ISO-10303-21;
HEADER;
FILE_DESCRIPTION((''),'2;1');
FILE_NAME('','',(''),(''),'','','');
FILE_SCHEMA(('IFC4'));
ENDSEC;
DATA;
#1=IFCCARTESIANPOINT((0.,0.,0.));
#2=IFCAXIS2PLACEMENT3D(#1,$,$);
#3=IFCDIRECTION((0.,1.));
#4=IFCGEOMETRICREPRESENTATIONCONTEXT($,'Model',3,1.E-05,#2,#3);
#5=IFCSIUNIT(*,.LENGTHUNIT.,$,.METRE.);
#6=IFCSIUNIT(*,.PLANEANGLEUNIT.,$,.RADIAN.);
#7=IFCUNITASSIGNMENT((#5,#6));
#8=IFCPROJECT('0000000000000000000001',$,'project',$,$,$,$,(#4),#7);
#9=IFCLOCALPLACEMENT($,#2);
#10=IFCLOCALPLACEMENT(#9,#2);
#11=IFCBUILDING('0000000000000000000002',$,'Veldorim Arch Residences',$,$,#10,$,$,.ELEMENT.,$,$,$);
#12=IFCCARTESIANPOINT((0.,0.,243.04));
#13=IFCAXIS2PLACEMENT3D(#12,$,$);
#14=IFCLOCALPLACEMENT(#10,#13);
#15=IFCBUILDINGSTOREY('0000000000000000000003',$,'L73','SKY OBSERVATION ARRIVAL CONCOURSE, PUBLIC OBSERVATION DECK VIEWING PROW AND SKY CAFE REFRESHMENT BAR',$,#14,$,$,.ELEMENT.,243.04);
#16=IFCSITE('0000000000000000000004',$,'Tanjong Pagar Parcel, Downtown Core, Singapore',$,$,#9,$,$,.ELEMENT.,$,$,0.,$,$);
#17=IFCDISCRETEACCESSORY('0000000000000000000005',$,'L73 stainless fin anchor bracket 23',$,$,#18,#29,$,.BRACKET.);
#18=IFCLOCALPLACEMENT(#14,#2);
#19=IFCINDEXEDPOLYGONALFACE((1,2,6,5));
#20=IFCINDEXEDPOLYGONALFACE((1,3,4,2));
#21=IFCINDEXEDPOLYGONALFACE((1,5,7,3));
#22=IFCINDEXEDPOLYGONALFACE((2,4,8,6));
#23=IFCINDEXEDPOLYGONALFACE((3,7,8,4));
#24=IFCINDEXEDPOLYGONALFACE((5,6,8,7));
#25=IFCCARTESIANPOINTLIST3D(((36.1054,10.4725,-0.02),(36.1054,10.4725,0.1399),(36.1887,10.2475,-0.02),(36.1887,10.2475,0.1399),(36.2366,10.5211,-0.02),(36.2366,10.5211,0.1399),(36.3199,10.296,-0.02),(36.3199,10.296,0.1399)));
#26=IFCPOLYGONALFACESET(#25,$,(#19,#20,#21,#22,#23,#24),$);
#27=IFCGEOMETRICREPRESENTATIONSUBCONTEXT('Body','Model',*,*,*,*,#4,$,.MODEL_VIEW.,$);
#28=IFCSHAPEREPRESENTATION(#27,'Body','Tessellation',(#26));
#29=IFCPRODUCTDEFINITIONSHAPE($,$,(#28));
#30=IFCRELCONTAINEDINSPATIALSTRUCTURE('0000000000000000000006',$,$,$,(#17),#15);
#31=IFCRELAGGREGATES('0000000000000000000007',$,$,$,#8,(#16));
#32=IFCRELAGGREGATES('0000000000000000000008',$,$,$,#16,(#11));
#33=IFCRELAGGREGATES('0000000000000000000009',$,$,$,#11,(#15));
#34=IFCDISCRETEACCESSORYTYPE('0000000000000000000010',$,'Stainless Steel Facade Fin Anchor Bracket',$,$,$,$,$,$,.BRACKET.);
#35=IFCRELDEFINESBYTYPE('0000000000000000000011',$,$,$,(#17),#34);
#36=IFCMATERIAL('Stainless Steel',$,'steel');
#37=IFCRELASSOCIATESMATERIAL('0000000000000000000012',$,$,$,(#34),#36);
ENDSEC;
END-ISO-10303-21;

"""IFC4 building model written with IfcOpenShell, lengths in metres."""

from ifc_helpers import new_model, si_unit, direction, frame, origin, origin_2d, place, context, subcontext, project, spatial, rectangle, extrude, material, type_object, element, save


model = new_model("IFC4")

# Units and contexts
model_context = context("Model", 3, precision=1e-05, world=origin(), true_north=direction((0.0, 1.0)))
body_context = subcontext(model_context, "Body", "Model", "MODEL_VIEW")
ifc_project = project(units=[si_unit("LENGTHUNIT", "METRE"), si_unit("PLANEANGLEUNIT", "RADIAN")], contexts=[model_context])

# Site, building, storey
site_placement = place(None, origin())
site = spatial("IfcSite", under=ifc_project, at=site_placement, Name="Tanjong Pagar Parcel, Downtown Core, Singapore", CompositionType="ELEMENT", RefElevation=0.0)
building_placement = place(site_placement, origin())
building = spatial("IfcBuilding", under=site, at=building_placement, Name="Veldorim Arch Residences", CompositionType="ELEMENT")
storey_placement = place(building_placement, frame((0.0, 0.0, 243.04)))
storey = spatial("IfcBuildingStorey", under=building, at=storey_placement, Name="L73", Description="SKY OBSERVATION ARRIVAL CONCOURSE, PUBLIC OBSERVATION DECK VIEWING PROW AND SKY CAFE REFRESHMENT BAR", CompositionType="ELEMENT", Elevation=243.04)

# Discrete accessory
ifc_material_1 = material(Name="Stainless Steel", Category="steel")
discrete_accessory_type = type_object("IfcDiscreteAccessoryType", Name="Stainless Steel Facade Fin Anchor Bracket", PredefinedType="BRACKET", material=ifc_material_1)
discrete_accessory_placement = place(storey_placement, frame((36.2126, 10.3843, -0.02), z_axis=(0.0, 0.0, 1.0), x_axis=(-0.937828, -0.347099, 0.0)))
element("IfcDiscreteAccessory", 1, at=discrete_accessory_placement, inside=storey, type_object=discrete_accessory_type, Name="L73 stainless fin anchor bracket 23", PredefinedType="BRACKET", context=body_context, shape_type="SweptSolid", body=[
    extrude(rectangle(XDim=0.1399, YDim=0.24, at=origin_2d()), origin(), (0.0, 0.0, 1.0), 0.1599),
])

save(model, "model.ifc")
